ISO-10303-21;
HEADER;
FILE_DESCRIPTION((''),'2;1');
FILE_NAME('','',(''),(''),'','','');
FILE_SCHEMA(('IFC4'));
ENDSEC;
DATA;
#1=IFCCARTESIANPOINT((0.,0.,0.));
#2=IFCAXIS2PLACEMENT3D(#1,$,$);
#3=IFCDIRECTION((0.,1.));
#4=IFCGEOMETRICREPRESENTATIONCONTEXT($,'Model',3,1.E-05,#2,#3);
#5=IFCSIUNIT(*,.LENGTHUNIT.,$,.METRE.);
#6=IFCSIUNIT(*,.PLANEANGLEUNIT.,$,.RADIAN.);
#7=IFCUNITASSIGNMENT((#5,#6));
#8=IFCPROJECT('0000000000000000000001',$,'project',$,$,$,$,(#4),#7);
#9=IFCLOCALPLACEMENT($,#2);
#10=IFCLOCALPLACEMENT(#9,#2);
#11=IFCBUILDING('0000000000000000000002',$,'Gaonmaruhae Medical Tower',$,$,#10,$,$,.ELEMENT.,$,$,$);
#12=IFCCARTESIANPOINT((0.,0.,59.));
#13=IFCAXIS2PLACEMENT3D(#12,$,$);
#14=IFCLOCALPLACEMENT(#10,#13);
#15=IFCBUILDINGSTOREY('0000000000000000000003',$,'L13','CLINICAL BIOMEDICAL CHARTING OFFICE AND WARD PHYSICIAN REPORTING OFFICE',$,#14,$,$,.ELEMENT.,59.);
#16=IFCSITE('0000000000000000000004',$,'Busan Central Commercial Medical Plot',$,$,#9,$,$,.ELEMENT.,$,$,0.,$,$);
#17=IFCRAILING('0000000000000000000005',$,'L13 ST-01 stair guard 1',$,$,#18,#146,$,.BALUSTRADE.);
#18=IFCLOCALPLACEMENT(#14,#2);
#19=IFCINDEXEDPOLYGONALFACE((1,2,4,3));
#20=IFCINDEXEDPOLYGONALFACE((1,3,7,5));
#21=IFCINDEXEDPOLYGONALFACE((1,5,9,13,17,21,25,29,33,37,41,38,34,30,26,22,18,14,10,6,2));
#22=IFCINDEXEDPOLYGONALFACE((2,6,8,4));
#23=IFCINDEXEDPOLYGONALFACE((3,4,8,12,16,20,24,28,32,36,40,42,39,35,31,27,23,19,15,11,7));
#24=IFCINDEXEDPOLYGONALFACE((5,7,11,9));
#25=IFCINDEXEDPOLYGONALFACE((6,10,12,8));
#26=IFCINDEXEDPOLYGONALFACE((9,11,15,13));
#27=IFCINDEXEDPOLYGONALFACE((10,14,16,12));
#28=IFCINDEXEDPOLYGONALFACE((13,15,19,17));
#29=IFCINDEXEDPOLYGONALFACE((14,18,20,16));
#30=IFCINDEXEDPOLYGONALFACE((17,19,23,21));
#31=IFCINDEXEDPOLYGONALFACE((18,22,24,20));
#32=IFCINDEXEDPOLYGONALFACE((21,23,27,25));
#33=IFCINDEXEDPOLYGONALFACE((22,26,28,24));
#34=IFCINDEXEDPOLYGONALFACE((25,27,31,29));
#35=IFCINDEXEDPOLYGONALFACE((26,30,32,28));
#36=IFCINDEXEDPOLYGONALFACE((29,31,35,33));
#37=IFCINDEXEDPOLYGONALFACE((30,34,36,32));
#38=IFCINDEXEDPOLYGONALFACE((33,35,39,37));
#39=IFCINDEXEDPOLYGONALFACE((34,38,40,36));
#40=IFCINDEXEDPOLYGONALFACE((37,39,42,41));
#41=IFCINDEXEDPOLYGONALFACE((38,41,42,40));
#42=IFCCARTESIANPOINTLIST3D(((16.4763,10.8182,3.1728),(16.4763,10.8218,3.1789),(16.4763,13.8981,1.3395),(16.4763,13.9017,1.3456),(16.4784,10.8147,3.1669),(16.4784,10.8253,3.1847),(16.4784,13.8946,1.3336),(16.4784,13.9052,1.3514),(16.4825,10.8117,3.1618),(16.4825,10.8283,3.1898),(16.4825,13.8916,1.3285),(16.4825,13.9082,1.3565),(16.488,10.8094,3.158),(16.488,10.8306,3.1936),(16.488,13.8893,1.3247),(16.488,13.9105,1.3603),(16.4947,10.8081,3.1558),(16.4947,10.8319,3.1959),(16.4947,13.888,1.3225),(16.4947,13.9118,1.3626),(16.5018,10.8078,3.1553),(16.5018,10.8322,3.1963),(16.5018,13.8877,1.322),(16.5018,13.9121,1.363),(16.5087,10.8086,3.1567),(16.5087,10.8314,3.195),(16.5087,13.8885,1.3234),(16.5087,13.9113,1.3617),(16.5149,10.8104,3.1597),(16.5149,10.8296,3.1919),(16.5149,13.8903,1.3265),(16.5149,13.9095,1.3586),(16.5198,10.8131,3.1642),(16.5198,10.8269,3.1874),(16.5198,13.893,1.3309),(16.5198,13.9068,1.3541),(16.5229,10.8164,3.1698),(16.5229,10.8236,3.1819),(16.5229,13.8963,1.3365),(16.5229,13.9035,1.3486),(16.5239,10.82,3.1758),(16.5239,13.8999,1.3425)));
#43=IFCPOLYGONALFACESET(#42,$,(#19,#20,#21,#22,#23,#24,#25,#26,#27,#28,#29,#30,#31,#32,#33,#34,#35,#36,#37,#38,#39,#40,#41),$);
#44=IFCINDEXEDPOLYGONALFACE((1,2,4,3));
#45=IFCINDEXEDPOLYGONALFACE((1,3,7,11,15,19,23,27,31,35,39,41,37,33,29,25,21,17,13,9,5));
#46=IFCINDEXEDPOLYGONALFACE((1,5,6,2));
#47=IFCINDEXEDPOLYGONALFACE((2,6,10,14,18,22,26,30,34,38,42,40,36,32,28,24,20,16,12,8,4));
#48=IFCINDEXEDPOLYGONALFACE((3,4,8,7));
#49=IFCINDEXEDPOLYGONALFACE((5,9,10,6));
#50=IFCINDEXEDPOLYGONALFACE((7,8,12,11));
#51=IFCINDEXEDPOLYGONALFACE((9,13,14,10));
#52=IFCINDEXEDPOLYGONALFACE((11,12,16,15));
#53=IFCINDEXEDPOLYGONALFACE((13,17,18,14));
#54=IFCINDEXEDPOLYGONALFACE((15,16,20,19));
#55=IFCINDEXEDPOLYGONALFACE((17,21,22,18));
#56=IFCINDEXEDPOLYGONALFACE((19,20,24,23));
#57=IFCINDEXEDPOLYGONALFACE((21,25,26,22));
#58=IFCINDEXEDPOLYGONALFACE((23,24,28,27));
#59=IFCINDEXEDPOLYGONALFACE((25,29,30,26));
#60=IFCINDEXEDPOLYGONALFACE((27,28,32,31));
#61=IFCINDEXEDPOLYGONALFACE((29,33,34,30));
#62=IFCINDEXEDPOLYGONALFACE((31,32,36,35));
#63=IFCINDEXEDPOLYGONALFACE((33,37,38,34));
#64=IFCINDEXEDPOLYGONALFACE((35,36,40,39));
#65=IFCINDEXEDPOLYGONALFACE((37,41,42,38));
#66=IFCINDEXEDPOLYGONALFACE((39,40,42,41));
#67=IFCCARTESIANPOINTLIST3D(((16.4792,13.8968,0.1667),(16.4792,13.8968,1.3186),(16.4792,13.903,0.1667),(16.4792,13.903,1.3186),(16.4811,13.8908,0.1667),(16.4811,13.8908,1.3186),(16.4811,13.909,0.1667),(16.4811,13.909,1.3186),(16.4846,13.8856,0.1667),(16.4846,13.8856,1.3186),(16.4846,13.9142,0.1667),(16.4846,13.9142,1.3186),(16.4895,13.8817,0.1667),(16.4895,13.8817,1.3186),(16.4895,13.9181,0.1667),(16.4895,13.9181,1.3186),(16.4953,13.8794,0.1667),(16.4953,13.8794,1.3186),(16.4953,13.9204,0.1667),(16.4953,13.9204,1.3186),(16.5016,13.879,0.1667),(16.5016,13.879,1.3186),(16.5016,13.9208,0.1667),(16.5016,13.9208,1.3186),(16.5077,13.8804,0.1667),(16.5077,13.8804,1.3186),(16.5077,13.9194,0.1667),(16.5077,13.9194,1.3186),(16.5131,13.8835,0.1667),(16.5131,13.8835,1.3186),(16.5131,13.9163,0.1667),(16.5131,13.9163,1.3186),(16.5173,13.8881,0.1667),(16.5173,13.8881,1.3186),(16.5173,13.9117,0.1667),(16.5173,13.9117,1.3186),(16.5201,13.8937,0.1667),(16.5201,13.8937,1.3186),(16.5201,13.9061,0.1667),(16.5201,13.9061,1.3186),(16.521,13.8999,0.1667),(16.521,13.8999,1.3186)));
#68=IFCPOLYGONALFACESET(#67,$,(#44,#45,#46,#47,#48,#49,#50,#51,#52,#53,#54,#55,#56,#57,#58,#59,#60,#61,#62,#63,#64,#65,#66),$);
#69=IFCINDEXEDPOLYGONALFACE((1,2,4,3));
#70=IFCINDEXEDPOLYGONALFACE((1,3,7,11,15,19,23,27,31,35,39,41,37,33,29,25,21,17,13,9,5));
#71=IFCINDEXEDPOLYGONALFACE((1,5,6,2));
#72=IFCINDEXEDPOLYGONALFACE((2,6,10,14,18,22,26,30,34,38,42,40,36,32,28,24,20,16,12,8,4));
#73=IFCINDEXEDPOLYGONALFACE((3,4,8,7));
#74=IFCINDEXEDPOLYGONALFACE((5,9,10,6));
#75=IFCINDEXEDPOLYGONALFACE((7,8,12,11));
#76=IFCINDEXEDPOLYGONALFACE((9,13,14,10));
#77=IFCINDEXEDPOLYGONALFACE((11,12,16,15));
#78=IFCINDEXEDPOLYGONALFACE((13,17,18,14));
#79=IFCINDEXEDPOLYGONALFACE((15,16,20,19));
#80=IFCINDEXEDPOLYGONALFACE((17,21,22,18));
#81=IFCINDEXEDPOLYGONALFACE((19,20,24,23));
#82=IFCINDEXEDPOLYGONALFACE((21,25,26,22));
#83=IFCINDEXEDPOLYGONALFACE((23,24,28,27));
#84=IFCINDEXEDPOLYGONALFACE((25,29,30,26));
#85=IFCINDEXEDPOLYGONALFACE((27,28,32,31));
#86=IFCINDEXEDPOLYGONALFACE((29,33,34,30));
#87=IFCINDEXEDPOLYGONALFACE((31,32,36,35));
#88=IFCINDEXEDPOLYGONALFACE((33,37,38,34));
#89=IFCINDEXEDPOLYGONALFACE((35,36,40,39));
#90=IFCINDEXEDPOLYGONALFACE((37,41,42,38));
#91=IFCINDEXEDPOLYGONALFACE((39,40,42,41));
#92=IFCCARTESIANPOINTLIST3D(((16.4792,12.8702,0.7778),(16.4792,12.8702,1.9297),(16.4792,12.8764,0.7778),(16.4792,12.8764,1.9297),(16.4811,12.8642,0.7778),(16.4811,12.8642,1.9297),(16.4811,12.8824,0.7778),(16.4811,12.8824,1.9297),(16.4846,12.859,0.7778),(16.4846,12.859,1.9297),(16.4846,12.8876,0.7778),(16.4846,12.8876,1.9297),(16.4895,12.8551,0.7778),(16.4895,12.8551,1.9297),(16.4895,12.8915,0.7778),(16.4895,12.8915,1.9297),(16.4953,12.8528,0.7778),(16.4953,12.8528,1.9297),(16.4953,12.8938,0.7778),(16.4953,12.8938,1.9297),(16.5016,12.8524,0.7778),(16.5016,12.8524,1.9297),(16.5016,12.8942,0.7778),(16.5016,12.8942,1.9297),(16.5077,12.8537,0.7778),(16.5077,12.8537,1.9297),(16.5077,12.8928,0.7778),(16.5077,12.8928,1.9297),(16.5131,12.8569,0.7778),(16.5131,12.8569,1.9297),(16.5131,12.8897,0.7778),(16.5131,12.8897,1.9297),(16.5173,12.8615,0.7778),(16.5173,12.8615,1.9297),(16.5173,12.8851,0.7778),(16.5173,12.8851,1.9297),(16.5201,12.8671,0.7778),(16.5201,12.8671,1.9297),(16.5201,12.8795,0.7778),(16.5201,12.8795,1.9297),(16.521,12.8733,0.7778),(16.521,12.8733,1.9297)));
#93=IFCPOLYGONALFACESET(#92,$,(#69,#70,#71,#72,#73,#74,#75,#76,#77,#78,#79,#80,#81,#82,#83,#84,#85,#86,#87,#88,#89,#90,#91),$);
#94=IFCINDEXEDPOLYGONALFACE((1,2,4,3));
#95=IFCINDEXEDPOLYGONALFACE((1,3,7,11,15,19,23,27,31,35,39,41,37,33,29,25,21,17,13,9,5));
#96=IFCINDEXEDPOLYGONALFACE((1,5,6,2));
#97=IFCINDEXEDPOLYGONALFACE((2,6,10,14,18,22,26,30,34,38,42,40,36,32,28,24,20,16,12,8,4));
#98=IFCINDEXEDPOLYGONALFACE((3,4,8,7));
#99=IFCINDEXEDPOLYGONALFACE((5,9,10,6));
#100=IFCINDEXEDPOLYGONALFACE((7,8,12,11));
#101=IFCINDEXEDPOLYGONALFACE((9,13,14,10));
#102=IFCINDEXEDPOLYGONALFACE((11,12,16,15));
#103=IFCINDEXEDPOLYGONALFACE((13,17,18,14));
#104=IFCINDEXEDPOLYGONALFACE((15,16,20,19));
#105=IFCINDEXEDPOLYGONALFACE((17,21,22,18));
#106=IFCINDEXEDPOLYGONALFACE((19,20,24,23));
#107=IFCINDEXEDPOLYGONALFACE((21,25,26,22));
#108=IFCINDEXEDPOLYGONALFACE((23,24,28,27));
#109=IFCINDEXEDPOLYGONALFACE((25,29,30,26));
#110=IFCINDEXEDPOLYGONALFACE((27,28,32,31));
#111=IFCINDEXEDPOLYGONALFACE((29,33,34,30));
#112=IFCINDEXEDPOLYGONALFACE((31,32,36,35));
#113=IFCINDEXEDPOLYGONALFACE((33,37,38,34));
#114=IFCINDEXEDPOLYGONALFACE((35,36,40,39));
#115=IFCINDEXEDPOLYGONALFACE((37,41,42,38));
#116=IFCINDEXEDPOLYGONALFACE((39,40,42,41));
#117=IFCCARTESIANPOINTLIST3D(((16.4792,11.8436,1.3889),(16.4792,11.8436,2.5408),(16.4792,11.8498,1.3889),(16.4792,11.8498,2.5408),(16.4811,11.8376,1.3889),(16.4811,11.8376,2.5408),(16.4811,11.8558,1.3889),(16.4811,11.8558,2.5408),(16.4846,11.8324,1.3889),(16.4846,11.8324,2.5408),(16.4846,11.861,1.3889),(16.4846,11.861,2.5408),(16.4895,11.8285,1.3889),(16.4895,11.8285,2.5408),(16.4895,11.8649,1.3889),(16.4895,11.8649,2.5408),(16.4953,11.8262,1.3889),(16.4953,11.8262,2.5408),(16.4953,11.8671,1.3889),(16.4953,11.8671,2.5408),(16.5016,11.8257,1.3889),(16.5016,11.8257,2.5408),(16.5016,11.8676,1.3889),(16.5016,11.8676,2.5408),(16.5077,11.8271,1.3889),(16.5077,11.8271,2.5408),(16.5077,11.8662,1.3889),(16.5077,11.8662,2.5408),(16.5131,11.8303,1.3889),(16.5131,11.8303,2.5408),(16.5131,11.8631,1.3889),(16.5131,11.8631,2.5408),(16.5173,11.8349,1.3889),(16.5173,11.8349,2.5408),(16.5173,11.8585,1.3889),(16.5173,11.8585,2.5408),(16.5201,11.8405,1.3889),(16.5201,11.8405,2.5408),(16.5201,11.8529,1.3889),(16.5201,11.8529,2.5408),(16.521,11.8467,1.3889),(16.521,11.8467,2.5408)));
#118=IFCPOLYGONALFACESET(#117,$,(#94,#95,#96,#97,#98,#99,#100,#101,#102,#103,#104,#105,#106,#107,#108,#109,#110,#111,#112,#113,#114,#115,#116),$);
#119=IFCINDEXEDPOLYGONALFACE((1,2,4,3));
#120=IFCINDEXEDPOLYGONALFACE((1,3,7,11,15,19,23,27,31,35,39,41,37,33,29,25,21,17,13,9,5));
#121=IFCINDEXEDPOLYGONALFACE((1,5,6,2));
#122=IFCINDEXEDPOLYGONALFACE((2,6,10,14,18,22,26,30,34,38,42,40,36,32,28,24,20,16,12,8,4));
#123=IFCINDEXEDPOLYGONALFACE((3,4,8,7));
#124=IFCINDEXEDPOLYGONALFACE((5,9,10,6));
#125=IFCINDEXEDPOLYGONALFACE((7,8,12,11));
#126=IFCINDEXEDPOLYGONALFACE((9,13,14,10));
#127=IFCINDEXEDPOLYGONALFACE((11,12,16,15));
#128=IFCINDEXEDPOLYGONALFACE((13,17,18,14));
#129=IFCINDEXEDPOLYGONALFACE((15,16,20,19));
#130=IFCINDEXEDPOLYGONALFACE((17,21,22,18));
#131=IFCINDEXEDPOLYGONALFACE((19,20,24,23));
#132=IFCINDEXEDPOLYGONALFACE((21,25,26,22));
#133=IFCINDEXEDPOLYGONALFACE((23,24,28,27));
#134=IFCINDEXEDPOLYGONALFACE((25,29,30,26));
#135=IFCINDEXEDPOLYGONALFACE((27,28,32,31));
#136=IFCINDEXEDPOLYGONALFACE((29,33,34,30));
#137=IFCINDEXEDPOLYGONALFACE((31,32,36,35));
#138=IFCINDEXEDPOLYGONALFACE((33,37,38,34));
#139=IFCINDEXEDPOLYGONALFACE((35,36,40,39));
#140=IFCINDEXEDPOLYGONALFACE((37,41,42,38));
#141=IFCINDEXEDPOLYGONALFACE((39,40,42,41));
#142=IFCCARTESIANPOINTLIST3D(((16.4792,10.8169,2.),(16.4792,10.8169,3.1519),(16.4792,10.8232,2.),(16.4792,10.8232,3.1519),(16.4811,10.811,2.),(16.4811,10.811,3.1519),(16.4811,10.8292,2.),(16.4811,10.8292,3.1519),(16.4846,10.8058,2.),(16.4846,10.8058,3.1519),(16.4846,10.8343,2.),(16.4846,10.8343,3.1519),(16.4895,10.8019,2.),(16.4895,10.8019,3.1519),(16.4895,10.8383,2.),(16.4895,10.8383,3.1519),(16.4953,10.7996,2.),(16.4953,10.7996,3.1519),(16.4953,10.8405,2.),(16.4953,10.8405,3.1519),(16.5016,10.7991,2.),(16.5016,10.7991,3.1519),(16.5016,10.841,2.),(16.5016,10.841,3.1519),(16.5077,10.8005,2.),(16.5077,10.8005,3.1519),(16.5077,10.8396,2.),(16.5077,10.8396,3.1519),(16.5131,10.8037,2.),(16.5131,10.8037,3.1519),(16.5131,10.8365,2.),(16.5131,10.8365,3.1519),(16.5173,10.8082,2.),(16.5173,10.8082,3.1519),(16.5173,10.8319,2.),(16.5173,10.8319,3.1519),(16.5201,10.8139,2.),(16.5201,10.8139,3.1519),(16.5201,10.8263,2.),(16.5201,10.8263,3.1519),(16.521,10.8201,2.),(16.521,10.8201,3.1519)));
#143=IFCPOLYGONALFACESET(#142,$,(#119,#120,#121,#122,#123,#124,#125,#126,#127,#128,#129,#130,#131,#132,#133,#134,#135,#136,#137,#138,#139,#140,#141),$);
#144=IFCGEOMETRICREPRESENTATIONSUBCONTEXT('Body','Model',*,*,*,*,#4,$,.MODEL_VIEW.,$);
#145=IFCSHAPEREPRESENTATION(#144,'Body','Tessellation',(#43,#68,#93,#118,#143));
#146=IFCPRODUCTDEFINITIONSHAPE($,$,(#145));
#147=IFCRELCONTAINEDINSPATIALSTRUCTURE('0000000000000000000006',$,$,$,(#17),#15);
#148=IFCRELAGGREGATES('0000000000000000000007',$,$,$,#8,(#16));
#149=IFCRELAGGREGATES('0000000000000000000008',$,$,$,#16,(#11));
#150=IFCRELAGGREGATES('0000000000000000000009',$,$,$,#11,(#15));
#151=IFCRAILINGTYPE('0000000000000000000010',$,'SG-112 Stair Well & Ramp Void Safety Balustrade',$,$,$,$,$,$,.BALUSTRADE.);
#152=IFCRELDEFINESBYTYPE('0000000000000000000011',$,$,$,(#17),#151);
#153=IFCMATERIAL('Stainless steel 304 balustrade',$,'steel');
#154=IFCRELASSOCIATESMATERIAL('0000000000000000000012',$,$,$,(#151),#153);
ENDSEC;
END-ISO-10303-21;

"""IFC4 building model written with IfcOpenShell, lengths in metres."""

from ifc_helpers import new_model, si_unit, direction, frame, origin, origin_2d, place, context, subcontext, project, spatial, circle, extrude, material, type_object, element, save


model = new_model("IFC4")

# Units and contexts
model_context = context("Model", 3, precision=1e-05, world=origin(), true_north=direction((0.0, 1.0)))
body_context = subcontext(model_context, "Body", "Model", "MODEL_VIEW")
ifc_project = project(units=[si_unit("LENGTHUNIT", "METRE"), si_unit("PLANEANGLEUNIT", "RADIAN")], contexts=[model_context])

# Site, building, storey
site_placement = place(None, origin())
site = spatial("IfcSite", under=ifc_project, at=site_placement, Name="Busan Central Commercial Medical Plot", CompositionType="ELEMENT", RefElevation=0.0)
building_placement = place(site_placement, origin())
building = spatial("IfcBuilding", under=site, at=building_placement, Name="Gaonmaruhae Medical Tower", CompositionType="ELEMENT")
storey_placement = place(building_placement, frame((0.0, 0.0, 59.0)))
storey = spatial("IfcBuildingStorey", under=building, at=storey_placement, Name="L13", Description="CLINICAL BIOMEDICAL CHARTING OFFICE AND WARD PHYSICIAN REPORTING OFFICE", CompositionType="ELEMENT", Elevation=59.0)

# Railing
ifc_material_1 = material(Name="Stainless steel 304 balustrade", Category="steel")
railing_type_1 = type_object("IfcRailingType", Name="SG-112 Stair Well & Ramp Void Safety Balustrade", PredefinedType="BALUSTRADE", material=ifc_material_1)
railing_1_placement = place(storey_placement, frame((16.5, 13.8999, 0.1667)))
element("IfcRailing", 1, at=railing_1_placement, inside=storey, type_object=railing_type_1, Name="L13 ST-01 stair guard 1", PredefinedType="BALUSTRADE", context=body_context, shape_type="SweptSolid", body=[
    extrude(circle(Radius=0.0239, at=origin_2d()), frame((0.0, 0.0, 1.1758), z_axis=(0.0, -0.859291, 0.511487), x_axis=(1.0, 0.0, 0.0)), (0.0, 0.0, 1.0), 3.5842),
    extrude(circle(Radius=0.021, at=origin_2d()), origin(), (0.0, 0.0, 1.0), 1.1519),
    extrude(circle(Radius=0.021, at=origin_2d()), frame((0.0, -1.0266, 0.6111)), (0.0, 0.0, 1.0), 1.1519),
    extrude(circle(Radius=0.021, at=origin_2d()), frame((0.0, -2.0532, 1.2222)), (0.0, 0.0, 1.0), 1.1519),
    extrude(circle(Radius=0.021, at=origin_2d()), frame((0.0, -3.0798, 1.8333)), (0.0, 0.0, 1.0), 1.1519),
])

save(model, "model.ifc")
